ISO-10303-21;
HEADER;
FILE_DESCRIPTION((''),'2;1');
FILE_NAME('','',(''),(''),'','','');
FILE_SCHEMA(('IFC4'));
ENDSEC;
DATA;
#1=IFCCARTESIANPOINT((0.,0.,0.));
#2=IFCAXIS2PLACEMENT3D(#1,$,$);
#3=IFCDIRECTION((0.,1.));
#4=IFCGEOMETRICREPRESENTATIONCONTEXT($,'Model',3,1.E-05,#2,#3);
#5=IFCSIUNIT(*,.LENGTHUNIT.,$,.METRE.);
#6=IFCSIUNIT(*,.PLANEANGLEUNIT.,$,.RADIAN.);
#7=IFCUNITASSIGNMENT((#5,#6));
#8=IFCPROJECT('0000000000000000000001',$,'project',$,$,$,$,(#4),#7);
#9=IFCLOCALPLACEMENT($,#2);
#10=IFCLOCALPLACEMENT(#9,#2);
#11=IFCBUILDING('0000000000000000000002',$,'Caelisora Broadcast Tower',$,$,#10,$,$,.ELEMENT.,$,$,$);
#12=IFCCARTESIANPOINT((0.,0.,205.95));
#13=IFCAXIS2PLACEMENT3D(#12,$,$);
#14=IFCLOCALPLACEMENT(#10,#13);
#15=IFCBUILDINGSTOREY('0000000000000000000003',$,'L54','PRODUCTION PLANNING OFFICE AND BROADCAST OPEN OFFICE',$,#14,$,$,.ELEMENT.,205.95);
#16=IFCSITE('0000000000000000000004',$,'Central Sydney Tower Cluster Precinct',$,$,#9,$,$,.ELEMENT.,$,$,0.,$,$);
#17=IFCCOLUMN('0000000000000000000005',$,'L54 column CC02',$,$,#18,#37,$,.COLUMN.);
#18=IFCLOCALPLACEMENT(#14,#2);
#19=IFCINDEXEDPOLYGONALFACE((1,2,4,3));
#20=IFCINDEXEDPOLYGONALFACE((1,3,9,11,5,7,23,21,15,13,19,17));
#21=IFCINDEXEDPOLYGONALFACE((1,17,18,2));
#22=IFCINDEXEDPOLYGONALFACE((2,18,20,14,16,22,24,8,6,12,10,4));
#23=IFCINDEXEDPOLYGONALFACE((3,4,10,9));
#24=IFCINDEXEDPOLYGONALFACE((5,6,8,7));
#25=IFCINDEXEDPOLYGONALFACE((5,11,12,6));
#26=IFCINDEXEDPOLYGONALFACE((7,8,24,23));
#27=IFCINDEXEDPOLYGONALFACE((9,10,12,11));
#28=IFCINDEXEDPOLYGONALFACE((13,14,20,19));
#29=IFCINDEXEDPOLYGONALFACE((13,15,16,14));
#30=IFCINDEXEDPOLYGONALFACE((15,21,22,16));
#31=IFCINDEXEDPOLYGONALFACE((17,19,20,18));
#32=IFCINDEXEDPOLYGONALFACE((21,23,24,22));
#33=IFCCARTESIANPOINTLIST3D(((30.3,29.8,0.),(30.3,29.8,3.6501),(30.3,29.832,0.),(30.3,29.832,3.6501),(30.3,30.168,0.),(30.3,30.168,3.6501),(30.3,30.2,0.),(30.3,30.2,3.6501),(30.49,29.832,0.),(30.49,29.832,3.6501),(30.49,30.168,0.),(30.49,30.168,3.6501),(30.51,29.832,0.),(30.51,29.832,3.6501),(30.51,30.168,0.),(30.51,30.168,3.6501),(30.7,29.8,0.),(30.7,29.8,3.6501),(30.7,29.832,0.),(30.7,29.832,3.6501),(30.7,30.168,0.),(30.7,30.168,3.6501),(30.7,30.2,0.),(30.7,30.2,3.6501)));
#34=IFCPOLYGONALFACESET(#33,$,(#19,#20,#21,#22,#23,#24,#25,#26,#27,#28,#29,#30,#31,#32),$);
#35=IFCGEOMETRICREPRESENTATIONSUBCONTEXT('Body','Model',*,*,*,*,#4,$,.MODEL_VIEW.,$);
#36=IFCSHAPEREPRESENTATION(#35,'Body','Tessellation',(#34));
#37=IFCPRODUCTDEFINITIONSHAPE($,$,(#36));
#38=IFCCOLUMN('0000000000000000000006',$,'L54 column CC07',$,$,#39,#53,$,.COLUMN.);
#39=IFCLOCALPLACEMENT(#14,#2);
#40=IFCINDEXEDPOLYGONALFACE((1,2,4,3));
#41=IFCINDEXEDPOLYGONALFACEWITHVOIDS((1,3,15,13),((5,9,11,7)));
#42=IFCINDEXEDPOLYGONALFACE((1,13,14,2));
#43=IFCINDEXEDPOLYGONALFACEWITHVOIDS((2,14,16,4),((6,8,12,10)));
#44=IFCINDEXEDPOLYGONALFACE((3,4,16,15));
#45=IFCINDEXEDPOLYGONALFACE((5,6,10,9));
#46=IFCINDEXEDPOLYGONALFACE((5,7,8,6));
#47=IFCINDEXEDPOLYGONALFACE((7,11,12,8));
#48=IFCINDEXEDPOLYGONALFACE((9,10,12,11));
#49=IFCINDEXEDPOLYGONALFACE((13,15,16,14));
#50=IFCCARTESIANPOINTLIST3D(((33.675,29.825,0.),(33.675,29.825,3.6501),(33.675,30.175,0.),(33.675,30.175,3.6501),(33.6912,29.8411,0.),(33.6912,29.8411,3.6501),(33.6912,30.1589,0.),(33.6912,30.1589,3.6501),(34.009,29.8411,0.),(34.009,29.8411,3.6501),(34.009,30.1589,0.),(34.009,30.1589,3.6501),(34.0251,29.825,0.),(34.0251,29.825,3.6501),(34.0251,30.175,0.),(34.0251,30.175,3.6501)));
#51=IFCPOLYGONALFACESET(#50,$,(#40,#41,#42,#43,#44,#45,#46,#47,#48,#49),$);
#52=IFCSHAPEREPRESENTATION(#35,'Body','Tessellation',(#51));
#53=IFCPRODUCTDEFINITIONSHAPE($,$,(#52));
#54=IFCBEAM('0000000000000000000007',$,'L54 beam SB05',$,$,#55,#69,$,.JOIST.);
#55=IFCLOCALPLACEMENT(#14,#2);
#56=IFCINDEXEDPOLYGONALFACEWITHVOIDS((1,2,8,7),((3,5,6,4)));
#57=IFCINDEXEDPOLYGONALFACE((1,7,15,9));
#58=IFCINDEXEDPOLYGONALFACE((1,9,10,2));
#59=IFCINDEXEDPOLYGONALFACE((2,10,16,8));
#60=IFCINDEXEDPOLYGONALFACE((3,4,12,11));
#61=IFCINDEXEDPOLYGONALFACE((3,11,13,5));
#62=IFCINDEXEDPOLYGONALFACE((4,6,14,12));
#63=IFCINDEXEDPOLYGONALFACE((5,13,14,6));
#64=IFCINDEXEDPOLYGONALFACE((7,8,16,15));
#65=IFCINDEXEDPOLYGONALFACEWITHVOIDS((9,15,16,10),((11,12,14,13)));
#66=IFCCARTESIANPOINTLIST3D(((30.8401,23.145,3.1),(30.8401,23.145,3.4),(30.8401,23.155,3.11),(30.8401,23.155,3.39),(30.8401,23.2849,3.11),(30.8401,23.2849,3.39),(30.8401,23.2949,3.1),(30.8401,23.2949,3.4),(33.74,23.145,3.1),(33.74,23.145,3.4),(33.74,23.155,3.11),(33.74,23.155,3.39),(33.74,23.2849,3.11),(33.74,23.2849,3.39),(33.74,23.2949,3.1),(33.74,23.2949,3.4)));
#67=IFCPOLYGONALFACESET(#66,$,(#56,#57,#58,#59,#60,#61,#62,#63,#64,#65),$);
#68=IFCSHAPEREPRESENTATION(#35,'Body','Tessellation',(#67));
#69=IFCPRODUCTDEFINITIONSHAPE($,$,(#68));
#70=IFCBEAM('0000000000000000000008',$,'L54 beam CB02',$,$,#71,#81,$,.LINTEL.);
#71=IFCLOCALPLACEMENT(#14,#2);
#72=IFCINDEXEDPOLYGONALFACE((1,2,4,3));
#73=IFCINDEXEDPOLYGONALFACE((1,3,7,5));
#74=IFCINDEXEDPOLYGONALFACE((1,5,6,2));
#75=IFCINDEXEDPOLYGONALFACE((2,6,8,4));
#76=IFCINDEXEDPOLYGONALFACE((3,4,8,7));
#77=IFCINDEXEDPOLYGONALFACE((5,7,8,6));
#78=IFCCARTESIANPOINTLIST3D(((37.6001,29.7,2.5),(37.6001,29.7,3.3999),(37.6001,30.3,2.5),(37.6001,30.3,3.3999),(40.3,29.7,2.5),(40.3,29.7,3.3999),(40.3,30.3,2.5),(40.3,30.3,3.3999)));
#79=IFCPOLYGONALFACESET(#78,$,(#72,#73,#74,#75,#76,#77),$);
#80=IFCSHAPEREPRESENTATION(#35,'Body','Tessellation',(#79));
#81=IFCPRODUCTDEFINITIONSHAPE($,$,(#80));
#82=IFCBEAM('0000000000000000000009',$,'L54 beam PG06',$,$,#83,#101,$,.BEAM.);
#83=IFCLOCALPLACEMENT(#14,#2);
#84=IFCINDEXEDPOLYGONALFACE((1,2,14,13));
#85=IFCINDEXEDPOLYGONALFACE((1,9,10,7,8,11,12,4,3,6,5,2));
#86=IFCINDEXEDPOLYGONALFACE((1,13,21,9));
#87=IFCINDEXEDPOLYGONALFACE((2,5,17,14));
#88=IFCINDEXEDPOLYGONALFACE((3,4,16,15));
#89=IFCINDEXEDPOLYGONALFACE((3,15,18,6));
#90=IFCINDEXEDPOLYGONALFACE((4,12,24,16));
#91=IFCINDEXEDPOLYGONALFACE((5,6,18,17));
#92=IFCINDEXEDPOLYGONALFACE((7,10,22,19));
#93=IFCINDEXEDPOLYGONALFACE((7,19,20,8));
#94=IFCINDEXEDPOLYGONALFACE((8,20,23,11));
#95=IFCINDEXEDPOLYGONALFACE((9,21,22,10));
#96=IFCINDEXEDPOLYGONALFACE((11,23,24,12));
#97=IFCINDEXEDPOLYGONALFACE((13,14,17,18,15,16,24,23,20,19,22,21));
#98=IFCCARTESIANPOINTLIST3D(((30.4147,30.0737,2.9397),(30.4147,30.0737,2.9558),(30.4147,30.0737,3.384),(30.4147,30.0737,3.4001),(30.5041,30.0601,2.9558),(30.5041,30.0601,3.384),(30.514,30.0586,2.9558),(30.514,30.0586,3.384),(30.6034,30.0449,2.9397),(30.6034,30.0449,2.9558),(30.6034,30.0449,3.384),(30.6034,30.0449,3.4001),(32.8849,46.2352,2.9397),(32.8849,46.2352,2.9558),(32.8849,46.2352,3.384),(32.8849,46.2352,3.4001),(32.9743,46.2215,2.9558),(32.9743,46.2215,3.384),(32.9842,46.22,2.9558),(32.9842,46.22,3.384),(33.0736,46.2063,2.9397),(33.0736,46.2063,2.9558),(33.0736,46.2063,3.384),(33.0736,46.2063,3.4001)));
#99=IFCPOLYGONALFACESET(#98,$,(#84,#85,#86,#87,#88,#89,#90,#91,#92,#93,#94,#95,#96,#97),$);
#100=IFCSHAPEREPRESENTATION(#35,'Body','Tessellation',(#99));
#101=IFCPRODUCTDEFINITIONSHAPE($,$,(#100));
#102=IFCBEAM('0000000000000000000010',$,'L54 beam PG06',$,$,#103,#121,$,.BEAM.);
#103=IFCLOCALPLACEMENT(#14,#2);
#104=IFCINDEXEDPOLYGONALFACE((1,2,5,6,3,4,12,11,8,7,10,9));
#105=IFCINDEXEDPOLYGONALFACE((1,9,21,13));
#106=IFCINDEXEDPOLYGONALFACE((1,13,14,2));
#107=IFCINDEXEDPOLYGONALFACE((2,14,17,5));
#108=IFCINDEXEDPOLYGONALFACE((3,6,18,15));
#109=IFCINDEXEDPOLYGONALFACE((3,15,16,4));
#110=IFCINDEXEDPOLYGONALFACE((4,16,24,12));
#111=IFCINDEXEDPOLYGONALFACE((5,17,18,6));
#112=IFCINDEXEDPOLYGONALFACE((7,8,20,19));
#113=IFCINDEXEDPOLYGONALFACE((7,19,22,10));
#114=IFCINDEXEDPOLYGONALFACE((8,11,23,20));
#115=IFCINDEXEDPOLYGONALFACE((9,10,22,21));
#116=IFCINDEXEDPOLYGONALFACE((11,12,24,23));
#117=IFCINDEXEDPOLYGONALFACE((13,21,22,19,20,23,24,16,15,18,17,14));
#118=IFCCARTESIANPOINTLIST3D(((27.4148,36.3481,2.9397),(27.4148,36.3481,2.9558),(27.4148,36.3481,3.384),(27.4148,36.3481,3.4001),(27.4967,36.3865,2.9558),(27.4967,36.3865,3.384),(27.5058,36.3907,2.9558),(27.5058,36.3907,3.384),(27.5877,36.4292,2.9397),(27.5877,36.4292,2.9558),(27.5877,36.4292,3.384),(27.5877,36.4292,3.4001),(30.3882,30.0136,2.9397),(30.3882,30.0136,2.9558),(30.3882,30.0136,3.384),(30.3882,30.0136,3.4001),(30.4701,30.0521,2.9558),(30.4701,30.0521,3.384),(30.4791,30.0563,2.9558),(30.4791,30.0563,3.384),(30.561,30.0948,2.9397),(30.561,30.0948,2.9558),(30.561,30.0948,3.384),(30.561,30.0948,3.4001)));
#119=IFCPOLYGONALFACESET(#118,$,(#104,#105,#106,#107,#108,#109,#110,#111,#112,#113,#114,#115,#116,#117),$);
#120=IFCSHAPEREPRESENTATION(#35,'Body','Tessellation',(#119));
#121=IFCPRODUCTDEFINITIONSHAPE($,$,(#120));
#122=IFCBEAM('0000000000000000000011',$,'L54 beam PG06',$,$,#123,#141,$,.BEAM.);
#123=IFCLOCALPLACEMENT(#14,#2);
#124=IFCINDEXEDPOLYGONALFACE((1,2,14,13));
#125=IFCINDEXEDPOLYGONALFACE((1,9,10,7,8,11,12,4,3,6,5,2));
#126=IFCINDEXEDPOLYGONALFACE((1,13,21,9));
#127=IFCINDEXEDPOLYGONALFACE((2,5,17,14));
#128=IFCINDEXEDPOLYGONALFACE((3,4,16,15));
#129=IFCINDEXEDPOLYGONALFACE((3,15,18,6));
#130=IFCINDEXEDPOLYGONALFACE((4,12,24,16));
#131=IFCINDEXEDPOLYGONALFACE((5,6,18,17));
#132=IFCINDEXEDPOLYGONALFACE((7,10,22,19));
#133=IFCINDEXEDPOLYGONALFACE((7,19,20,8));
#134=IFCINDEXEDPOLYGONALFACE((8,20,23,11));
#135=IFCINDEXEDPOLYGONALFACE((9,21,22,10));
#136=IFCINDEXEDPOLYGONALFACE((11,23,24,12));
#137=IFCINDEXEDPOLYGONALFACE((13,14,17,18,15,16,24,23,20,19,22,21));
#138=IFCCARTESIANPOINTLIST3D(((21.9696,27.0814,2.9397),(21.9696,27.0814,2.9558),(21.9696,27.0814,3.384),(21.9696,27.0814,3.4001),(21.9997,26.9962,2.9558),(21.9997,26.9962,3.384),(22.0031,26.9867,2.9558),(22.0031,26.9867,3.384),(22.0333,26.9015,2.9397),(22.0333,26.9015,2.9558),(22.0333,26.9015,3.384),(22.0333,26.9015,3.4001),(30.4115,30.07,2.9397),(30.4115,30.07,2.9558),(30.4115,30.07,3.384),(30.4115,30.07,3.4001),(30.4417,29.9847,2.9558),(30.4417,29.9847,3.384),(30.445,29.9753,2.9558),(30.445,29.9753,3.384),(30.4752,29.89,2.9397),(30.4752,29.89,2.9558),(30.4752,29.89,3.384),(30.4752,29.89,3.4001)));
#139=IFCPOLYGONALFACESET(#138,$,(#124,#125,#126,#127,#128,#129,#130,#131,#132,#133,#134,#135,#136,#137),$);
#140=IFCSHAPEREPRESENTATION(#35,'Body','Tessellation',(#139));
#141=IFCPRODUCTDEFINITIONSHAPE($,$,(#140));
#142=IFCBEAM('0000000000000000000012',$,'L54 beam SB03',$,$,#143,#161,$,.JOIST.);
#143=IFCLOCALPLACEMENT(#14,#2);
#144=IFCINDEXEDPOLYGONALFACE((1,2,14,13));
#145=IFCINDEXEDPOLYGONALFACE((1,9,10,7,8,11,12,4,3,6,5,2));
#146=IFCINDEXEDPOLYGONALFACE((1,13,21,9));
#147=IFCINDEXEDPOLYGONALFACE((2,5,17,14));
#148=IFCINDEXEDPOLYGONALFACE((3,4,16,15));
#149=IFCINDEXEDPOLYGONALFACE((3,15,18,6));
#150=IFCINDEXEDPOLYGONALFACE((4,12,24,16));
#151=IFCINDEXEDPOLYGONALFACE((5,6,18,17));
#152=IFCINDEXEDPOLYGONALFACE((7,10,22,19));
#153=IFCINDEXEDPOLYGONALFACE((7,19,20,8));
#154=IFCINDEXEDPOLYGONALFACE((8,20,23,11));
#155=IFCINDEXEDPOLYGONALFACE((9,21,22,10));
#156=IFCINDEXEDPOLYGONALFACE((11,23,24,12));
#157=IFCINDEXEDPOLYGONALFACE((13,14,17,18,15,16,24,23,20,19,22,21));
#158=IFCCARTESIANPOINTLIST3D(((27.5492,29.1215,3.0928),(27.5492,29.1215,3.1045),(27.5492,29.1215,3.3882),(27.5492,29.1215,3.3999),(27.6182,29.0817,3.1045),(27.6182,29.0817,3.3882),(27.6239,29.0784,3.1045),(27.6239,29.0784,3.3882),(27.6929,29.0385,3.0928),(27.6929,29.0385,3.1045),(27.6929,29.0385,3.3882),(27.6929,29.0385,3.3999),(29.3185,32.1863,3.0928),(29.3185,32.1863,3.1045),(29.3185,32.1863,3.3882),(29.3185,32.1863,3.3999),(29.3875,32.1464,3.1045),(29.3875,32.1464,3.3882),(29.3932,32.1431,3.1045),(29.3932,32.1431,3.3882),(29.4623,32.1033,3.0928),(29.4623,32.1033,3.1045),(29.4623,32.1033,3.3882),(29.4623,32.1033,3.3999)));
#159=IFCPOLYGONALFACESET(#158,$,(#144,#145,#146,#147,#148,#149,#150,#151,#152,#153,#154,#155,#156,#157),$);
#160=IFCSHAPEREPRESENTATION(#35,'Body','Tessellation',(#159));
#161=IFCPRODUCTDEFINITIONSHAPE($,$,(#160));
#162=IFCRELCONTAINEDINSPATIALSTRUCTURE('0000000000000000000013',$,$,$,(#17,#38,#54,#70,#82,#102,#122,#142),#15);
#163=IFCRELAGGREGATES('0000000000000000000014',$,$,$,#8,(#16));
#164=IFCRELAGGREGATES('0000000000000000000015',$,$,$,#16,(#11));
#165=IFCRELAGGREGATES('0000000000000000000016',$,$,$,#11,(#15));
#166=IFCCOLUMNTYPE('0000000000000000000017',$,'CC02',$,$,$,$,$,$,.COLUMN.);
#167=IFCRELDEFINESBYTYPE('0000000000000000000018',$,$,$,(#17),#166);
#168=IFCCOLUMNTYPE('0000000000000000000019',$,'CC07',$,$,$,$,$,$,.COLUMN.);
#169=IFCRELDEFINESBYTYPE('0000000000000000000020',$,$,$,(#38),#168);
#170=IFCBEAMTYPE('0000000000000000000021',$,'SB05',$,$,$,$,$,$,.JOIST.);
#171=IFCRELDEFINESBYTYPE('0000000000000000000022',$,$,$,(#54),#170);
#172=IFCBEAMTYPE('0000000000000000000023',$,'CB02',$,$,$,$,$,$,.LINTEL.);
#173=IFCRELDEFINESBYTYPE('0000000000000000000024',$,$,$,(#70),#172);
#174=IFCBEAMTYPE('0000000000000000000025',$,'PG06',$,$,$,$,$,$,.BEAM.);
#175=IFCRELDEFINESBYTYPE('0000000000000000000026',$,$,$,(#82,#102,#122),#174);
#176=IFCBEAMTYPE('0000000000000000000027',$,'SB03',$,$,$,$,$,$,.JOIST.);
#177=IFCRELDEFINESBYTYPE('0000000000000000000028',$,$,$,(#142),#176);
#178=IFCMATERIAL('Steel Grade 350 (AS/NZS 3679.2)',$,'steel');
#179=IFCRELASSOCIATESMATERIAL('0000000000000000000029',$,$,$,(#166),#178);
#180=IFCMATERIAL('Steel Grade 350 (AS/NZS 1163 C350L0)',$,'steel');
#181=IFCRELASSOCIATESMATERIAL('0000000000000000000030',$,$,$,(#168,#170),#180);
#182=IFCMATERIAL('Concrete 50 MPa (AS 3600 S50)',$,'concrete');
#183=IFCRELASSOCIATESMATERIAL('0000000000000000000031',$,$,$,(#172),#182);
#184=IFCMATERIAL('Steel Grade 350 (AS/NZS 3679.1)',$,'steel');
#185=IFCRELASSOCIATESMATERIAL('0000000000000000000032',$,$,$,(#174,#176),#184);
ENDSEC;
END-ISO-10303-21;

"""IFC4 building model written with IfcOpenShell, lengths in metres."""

from ifc_helpers import new_model, si_unit, direction, frame, origin, origin_2d, place, context, subcontext, project, spatial, rectangle, hollow_rectangle, i_section, extrude, source, transform, mapped, material, material_profile, profile_set, type_object, type_shapes, element, save


model = new_model("IFC4")

# Units and contexts
model_context = context("Model", 3, precision=1e-05, world=origin(), true_north=direction((0.0, 1.0)))
body_context = subcontext(model_context, "Body", "Model", "MODEL_VIEW")
ifc_project = project(units=[si_unit("LENGTHUNIT", "METRE"), si_unit("PLANEANGLEUNIT", "RADIAN")], contexts=[model_context])

# Site, building, storey
site_placement = place(None, origin())
site = spatial("IfcSite", under=ifc_project, at=site_placement, Name="Central Sydney Tower Cluster Precinct", CompositionType="ELEMENT", RefElevation=0.0)
building_placement = place(site_placement, origin())
building = spatial("IfcBuilding", under=site, at=building_placement, Name="Caelisora Broadcast Tower", CompositionType="ELEMENT")
storey_placement = place(building_placement, frame((0.0, 0.0, 205.95)))
storey = spatial("IfcBuildingStorey", under=building, at=storey_placement, Name="L54", Description="PRODUCTION PLANNING OFFICE AND BROADCAST OPEN OFFICE", CompositionType="ELEMENT", Elevation=205.95)

# Columns
ifc_material_1 = material(Name="Steel Grade 350 (AS/NZS 3679.2)", Category="steel")
ifc_material_profile_1 = material_profile(ifc_material_1, i_section(OverallWidth=0.3999, OverallDepth=0.3999, WebThickness=0.02, FlangeThickness=0.032, at=origin_2d()), Name="Steel Grade 350 (AS/NZS 3679.2)")
ifc_profile_set_1 = profile_set([ifc_material_profile_1], Name="Steel Grade 350 (AS/NZS 3679.2)")
column_type_1 = type_object("IfcColumnType", Name="CC02", PredefinedType="COLUMN", material=ifc_profile_set_1)
shared_shape_1 = source(origin(), body_context, "Body", "SweptSolid", [
    extrude(i_section(OverallWidth=0.3999, OverallDepth=0.3999, WebThickness=0.02, FlangeThickness=0.032, at=origin_2d()), origin(), (0.0, 0.0, 1.0), 3.6501),
])
type_shapes(column_type_1, [shared_shape_1])
column_1_placement = place(storey_placement, frame((30.5, 30.0, 0.0), z_axis=(0.0, 0.0, 1.0), x_axis=(1.0, 0.0, 0.0)))
element("IfcColumn", 1, at=column_1_placement, inside=storey, type_object=column_type_1, Name="L54 column CC02", PredefinedType="COLUMN", context=body_context, shape_type="MappedRepresentation", body=[
    mapped(shared_shape_1, transform((0.0, 0.0, 0.0), scale=1.0)),
])
ifc_material_2 = material(Name="Steel Grade 350 (AS/NZS 1163 C350L0)", Category="steel")
ifc_material_profile_2 = material_profile(ifc_material_2, hollow_rectangle(XDim=0.3501, YDim=0.3501, WallThickness=0.0161, at=origin_2d()), Name="Steel Grade 350 (AS/NZS 1163 C350L0)")
ifc_profile_set_2 = profile_set([ifc_material_profile_2], Name="Steel Grade 350 (AS/NZS 1163 C350L0)")
column_type_2 = type_object("IfcColumnType", Name="CC07", PredefinedType="COLUMN", material=ifc_profile_set_2)
shared_shape_2 = source(origin(), body_context, "Body", "SweptSolid", [
    extrude(hollow_rectangle(XDim=0.3501, YDim=0.3501, WallThickness=0.0161, at=origin_2d()), origin(), (0.0, 0.0, 1.0), 3.6501),
])
type_shapes(column_type_2, [shared_shape_2])
column_2_placement = place(storey_placement, frame((33.8501, 30.0, 0.0), z_axis=(0.0, 0.0, 1.0), x_axis=(1.0, 0.0, 0.0)))
element("IfcColumn", 2, at=column_2_placement, inside=storey, type_object=column_type_2, Name="L54 column CC07", PredefinedType="COLUMN", context=body_context, shape_type="MappedRepresentation", body=[
    mapped(shared_shape_2, transform((0.0, 0.0, 0.0), scale=1.0)),
])

# Beams
ifc_material_profile_3 = material_profile(ifc_material_2, hollow_rectangle(XDim=0.1499, YDim=0.3, WallThickness=0.01, at=origin_2d()), Name="Steel Grade 350 (AS/NZS 1163 C350L0)")
ifc_profile_set_3 = profile_set([ifc_material_profile_3], Name="Steel Grade 350 (AS/NZS 1163 C350L0)")
beam_type_1 = type_object("IfcBeamType", Name="SB05", PredefinedType="JOIST", material=ifc_profile_set_3)
shared_shape_3 = source(origin(), body_context, "Body", "SweptSolid", [
    extrude(hollow_rectangle(XDim=0.1499, YDim=0.3, WallThickness=0.01, at=origin_2d()), origin(), (0.0, 0.0, 1.0), 2.8999),
])
type_shapes(beam_type_1, [shared_shape_3])
beam_1_placement = place(storey_placement, frame((30.8401, 23.22, 3.25), z_axis=(1.0, 0.0, 0.0), x_axis=(0.0, 1.0, 0.0)))
element("IfcBeam", 3, at=beam_1_placement, inside=storey, type_object=beam_type_1, Name="L54 beam SB05", PredefinedType="JOIST", context=body_context, shape_type="MappedRepresentation", body=[
    mapped(shared_shape_3, transform((0.0, 0.0, 0.0), scale=1.0)),
])
ifc_material_3 = material(Name="Concrete 50 MPa (AS 3600 S50)", Category="concrete")
ifc_material_profile_4 = material_profile(ifc_material_3, rectangle(XDim=0.6001, YDim=0.8999, at=origin_2d()), Name="Concrete 50 MPa (AS 3600 S50)")
ifc_profile_set_4 = profile_set([ifc_material_profile_4], Name="Concrete 50 MPa (AS 3600 S50)")
beam_type_2 = type_object("IfcBeamType", Name="CB02", PredefinedType="LINTEL", material=ifc_profile_set_4)
shared_shape_4 = source(origin(), body_context, "Body", "SweptSolid", [
    extrude(rectangle(XDim=0.6001, YDim=0.8999, at=origin_2d()), origin(), (0.0, 0.0, 1.0), 2.7),
])
type_shapes(beam_type_2, [shared_shape_4])
beam_2_placement = place(storey_placement, frame((37.6001, 30.0, 2.95), z_axis=(1.0, 0.0, 0.0), x_axis=(0.0, 1.0, 0.0)))
element("IfcBeam", 4, at=beam_2_placement, inside=storey, type_object=beam_type_2, Name="L54 beam CB02", PredefinedType="LINTEL", context=body_context, shape_type="MappedRepresentation", body=[
    mapped(shared_shape_4, transform((0.0, 0.0, 0.0), scale=1.0)),
])
ifc_material_4 = material(Name="Steel Grade 350 (AS/NZS 3679.1)", Category="steel")
ifc_material_profile_5 = material_profile(ifc_material_4, i_section(OverallWidth=0.1909, OverallDepth=0.4604, WebThickness=0.01, FlangeThickness=0.0161, at=origin_2d()), Name="Steel Grade 350 (AS/NZS 3679.1)")
ifc_profile_set_5 = profile_set([ifc_material_profile_5], Name="Steel Grade 350 (AS/NZS 3679.1)")
beam_type_3 = type_object("IfcBeamType", Name="PG06", PredefinedType="BEAM", material=ifc_profile_set_5)
shared_shape_5 = source(origin(), body_context, "Body", "SweptSolid", [
    extrude(i_section(OverallWidth=0.1909, OverallDepth=0.4604, WebThickness=0.01, FlangeThickness=0.0161, at=origin_2d()), origin(), (0.0, 0.0, 1.0), 16.3491),
])
beam_3_placement = place(storey_placement, frame((30.509, 30.0593, 3.1699), z_axis=(0.151092, 0.98852, 0.0), x_axis=(-0.98852, 0.151092, 0.0)))
element("IfcBeam", 5, at=beam_3_placement, inside=storey, type_object=beam_type_3, Name="L54 beam PG06", PredefinedType="BEAM", context=body_context, shape_type="MappedRepresentation", body=[
    mapped(shared_shape_5, transform((0.0, 0.0, 0.0), scale=1.0)),
])
shared_shape_6 = source(origin(), body_context, "Body", "SweptSolid", [
    extrude(i_section(OverallWidth=0.1909, OverallDepth=0.4604, WebThickness=0.01, FlangeThickness=0.0161, at=origin_2d()), origin(), (0.0, 0.0, 1.0), 6.9976),
])
beam_4_placement = place(storey_placement, frame((30.4746, 30.0542, 3.1699), z_axis=(-0.424915, 0.905233, 0.0), x_axis=(-0.905233, -0.424915, 0.0)))
element("IfcBeam", 6, at=beam_4_placement, inside=storey, type_object=beam_type_3, Name="L54 beam PG06", PredefinedType="BEAM", context=body_context, shape_type="MappedRepresentation", body=[
    mapped(shared_shape_6, transform((0.0, 0.0, 0.0), scale=1.0)),
])
shared_shape_7 = source(origin(), body_context, "Body", "SweptSolid", [
    extrude(i_section(OverallWidth=0.1909, OverallDepth=0.4604, WebThickness=0.01, FlangeThickness=0.0161, at=origin_2d()), origin(), (0.0, 0.0, 1.0), 8.9553),
])
type_shapes(beam_type_3, [shared_shape_5, shared_shape_6, shared_shape_7])
beam_5_placement = place(storey_placement, frame((30.4434, 29.98, 3.1699), z_axis=(-0.942673, -0.333717, 0.0), x_axis=(0.333717, -0.942673, 0.0)))
element("IfcBeam", 7, at=beam_5_placement, inside=storey, type_object=beam_type_3, Name="L54 beam PG06", PredefinedType="BEAM", context=body_context, shape_type="MappedRepresentation", body=[
    mapped(shared_shape_7, transform((0.0, 0.0, 0.0), scale=1.0)),
])
ifc_material_profile_6 = material_profile(ifc_material_4, i_section(OverallWidth=0.166, OverallDepth=0.3071, WebThickness=0.0066, FlangeThickness=0.0117, at=origin_2d()), Name="Steel Grade 350 (AS/NZS 3679.1)")
ifc_profile_set_6 = profile_set([ifc_material_profile_6], Name="Steel Grade 350 (AS/NZS 3679.1)")
beam_type_4 = type_object("IfcBeamType", Name="SB03", PredefinedType="JOIST", material=ifc_profile_set_6)
shared_shape_8 = source(origin(), body_context, "Body", "SweptSolid", [
    extrude(i_section(OverallWidth=0.166, OverallDepth=0.3071, WebThickness=0.0066, FlangeThickness=0.0117, at=origin_2d()), origin(), (0.0, 0.0, 1.0), 3.5388),
])
beam_6_placement = place(storey_placement, frame((29.3904, 32.1448, 3.2463), z_axis=(-0.499975, -0.86604, 0.0), x_axis=(0.86604, -0.499975, 0.0)))
element("IfcBeam", 8, at=beam_6_placement, inside=storey, type_object=beam_type_4, Name="L54 beam SB03", PredefinedType="JOIST", context=body_context, shape_type="MappedRepresentation", body=[
    mapped(shared_shape_8, transform((0.0, 0.0, 0.0), scale=1.0)),
])

save(model, "model.ifc")
